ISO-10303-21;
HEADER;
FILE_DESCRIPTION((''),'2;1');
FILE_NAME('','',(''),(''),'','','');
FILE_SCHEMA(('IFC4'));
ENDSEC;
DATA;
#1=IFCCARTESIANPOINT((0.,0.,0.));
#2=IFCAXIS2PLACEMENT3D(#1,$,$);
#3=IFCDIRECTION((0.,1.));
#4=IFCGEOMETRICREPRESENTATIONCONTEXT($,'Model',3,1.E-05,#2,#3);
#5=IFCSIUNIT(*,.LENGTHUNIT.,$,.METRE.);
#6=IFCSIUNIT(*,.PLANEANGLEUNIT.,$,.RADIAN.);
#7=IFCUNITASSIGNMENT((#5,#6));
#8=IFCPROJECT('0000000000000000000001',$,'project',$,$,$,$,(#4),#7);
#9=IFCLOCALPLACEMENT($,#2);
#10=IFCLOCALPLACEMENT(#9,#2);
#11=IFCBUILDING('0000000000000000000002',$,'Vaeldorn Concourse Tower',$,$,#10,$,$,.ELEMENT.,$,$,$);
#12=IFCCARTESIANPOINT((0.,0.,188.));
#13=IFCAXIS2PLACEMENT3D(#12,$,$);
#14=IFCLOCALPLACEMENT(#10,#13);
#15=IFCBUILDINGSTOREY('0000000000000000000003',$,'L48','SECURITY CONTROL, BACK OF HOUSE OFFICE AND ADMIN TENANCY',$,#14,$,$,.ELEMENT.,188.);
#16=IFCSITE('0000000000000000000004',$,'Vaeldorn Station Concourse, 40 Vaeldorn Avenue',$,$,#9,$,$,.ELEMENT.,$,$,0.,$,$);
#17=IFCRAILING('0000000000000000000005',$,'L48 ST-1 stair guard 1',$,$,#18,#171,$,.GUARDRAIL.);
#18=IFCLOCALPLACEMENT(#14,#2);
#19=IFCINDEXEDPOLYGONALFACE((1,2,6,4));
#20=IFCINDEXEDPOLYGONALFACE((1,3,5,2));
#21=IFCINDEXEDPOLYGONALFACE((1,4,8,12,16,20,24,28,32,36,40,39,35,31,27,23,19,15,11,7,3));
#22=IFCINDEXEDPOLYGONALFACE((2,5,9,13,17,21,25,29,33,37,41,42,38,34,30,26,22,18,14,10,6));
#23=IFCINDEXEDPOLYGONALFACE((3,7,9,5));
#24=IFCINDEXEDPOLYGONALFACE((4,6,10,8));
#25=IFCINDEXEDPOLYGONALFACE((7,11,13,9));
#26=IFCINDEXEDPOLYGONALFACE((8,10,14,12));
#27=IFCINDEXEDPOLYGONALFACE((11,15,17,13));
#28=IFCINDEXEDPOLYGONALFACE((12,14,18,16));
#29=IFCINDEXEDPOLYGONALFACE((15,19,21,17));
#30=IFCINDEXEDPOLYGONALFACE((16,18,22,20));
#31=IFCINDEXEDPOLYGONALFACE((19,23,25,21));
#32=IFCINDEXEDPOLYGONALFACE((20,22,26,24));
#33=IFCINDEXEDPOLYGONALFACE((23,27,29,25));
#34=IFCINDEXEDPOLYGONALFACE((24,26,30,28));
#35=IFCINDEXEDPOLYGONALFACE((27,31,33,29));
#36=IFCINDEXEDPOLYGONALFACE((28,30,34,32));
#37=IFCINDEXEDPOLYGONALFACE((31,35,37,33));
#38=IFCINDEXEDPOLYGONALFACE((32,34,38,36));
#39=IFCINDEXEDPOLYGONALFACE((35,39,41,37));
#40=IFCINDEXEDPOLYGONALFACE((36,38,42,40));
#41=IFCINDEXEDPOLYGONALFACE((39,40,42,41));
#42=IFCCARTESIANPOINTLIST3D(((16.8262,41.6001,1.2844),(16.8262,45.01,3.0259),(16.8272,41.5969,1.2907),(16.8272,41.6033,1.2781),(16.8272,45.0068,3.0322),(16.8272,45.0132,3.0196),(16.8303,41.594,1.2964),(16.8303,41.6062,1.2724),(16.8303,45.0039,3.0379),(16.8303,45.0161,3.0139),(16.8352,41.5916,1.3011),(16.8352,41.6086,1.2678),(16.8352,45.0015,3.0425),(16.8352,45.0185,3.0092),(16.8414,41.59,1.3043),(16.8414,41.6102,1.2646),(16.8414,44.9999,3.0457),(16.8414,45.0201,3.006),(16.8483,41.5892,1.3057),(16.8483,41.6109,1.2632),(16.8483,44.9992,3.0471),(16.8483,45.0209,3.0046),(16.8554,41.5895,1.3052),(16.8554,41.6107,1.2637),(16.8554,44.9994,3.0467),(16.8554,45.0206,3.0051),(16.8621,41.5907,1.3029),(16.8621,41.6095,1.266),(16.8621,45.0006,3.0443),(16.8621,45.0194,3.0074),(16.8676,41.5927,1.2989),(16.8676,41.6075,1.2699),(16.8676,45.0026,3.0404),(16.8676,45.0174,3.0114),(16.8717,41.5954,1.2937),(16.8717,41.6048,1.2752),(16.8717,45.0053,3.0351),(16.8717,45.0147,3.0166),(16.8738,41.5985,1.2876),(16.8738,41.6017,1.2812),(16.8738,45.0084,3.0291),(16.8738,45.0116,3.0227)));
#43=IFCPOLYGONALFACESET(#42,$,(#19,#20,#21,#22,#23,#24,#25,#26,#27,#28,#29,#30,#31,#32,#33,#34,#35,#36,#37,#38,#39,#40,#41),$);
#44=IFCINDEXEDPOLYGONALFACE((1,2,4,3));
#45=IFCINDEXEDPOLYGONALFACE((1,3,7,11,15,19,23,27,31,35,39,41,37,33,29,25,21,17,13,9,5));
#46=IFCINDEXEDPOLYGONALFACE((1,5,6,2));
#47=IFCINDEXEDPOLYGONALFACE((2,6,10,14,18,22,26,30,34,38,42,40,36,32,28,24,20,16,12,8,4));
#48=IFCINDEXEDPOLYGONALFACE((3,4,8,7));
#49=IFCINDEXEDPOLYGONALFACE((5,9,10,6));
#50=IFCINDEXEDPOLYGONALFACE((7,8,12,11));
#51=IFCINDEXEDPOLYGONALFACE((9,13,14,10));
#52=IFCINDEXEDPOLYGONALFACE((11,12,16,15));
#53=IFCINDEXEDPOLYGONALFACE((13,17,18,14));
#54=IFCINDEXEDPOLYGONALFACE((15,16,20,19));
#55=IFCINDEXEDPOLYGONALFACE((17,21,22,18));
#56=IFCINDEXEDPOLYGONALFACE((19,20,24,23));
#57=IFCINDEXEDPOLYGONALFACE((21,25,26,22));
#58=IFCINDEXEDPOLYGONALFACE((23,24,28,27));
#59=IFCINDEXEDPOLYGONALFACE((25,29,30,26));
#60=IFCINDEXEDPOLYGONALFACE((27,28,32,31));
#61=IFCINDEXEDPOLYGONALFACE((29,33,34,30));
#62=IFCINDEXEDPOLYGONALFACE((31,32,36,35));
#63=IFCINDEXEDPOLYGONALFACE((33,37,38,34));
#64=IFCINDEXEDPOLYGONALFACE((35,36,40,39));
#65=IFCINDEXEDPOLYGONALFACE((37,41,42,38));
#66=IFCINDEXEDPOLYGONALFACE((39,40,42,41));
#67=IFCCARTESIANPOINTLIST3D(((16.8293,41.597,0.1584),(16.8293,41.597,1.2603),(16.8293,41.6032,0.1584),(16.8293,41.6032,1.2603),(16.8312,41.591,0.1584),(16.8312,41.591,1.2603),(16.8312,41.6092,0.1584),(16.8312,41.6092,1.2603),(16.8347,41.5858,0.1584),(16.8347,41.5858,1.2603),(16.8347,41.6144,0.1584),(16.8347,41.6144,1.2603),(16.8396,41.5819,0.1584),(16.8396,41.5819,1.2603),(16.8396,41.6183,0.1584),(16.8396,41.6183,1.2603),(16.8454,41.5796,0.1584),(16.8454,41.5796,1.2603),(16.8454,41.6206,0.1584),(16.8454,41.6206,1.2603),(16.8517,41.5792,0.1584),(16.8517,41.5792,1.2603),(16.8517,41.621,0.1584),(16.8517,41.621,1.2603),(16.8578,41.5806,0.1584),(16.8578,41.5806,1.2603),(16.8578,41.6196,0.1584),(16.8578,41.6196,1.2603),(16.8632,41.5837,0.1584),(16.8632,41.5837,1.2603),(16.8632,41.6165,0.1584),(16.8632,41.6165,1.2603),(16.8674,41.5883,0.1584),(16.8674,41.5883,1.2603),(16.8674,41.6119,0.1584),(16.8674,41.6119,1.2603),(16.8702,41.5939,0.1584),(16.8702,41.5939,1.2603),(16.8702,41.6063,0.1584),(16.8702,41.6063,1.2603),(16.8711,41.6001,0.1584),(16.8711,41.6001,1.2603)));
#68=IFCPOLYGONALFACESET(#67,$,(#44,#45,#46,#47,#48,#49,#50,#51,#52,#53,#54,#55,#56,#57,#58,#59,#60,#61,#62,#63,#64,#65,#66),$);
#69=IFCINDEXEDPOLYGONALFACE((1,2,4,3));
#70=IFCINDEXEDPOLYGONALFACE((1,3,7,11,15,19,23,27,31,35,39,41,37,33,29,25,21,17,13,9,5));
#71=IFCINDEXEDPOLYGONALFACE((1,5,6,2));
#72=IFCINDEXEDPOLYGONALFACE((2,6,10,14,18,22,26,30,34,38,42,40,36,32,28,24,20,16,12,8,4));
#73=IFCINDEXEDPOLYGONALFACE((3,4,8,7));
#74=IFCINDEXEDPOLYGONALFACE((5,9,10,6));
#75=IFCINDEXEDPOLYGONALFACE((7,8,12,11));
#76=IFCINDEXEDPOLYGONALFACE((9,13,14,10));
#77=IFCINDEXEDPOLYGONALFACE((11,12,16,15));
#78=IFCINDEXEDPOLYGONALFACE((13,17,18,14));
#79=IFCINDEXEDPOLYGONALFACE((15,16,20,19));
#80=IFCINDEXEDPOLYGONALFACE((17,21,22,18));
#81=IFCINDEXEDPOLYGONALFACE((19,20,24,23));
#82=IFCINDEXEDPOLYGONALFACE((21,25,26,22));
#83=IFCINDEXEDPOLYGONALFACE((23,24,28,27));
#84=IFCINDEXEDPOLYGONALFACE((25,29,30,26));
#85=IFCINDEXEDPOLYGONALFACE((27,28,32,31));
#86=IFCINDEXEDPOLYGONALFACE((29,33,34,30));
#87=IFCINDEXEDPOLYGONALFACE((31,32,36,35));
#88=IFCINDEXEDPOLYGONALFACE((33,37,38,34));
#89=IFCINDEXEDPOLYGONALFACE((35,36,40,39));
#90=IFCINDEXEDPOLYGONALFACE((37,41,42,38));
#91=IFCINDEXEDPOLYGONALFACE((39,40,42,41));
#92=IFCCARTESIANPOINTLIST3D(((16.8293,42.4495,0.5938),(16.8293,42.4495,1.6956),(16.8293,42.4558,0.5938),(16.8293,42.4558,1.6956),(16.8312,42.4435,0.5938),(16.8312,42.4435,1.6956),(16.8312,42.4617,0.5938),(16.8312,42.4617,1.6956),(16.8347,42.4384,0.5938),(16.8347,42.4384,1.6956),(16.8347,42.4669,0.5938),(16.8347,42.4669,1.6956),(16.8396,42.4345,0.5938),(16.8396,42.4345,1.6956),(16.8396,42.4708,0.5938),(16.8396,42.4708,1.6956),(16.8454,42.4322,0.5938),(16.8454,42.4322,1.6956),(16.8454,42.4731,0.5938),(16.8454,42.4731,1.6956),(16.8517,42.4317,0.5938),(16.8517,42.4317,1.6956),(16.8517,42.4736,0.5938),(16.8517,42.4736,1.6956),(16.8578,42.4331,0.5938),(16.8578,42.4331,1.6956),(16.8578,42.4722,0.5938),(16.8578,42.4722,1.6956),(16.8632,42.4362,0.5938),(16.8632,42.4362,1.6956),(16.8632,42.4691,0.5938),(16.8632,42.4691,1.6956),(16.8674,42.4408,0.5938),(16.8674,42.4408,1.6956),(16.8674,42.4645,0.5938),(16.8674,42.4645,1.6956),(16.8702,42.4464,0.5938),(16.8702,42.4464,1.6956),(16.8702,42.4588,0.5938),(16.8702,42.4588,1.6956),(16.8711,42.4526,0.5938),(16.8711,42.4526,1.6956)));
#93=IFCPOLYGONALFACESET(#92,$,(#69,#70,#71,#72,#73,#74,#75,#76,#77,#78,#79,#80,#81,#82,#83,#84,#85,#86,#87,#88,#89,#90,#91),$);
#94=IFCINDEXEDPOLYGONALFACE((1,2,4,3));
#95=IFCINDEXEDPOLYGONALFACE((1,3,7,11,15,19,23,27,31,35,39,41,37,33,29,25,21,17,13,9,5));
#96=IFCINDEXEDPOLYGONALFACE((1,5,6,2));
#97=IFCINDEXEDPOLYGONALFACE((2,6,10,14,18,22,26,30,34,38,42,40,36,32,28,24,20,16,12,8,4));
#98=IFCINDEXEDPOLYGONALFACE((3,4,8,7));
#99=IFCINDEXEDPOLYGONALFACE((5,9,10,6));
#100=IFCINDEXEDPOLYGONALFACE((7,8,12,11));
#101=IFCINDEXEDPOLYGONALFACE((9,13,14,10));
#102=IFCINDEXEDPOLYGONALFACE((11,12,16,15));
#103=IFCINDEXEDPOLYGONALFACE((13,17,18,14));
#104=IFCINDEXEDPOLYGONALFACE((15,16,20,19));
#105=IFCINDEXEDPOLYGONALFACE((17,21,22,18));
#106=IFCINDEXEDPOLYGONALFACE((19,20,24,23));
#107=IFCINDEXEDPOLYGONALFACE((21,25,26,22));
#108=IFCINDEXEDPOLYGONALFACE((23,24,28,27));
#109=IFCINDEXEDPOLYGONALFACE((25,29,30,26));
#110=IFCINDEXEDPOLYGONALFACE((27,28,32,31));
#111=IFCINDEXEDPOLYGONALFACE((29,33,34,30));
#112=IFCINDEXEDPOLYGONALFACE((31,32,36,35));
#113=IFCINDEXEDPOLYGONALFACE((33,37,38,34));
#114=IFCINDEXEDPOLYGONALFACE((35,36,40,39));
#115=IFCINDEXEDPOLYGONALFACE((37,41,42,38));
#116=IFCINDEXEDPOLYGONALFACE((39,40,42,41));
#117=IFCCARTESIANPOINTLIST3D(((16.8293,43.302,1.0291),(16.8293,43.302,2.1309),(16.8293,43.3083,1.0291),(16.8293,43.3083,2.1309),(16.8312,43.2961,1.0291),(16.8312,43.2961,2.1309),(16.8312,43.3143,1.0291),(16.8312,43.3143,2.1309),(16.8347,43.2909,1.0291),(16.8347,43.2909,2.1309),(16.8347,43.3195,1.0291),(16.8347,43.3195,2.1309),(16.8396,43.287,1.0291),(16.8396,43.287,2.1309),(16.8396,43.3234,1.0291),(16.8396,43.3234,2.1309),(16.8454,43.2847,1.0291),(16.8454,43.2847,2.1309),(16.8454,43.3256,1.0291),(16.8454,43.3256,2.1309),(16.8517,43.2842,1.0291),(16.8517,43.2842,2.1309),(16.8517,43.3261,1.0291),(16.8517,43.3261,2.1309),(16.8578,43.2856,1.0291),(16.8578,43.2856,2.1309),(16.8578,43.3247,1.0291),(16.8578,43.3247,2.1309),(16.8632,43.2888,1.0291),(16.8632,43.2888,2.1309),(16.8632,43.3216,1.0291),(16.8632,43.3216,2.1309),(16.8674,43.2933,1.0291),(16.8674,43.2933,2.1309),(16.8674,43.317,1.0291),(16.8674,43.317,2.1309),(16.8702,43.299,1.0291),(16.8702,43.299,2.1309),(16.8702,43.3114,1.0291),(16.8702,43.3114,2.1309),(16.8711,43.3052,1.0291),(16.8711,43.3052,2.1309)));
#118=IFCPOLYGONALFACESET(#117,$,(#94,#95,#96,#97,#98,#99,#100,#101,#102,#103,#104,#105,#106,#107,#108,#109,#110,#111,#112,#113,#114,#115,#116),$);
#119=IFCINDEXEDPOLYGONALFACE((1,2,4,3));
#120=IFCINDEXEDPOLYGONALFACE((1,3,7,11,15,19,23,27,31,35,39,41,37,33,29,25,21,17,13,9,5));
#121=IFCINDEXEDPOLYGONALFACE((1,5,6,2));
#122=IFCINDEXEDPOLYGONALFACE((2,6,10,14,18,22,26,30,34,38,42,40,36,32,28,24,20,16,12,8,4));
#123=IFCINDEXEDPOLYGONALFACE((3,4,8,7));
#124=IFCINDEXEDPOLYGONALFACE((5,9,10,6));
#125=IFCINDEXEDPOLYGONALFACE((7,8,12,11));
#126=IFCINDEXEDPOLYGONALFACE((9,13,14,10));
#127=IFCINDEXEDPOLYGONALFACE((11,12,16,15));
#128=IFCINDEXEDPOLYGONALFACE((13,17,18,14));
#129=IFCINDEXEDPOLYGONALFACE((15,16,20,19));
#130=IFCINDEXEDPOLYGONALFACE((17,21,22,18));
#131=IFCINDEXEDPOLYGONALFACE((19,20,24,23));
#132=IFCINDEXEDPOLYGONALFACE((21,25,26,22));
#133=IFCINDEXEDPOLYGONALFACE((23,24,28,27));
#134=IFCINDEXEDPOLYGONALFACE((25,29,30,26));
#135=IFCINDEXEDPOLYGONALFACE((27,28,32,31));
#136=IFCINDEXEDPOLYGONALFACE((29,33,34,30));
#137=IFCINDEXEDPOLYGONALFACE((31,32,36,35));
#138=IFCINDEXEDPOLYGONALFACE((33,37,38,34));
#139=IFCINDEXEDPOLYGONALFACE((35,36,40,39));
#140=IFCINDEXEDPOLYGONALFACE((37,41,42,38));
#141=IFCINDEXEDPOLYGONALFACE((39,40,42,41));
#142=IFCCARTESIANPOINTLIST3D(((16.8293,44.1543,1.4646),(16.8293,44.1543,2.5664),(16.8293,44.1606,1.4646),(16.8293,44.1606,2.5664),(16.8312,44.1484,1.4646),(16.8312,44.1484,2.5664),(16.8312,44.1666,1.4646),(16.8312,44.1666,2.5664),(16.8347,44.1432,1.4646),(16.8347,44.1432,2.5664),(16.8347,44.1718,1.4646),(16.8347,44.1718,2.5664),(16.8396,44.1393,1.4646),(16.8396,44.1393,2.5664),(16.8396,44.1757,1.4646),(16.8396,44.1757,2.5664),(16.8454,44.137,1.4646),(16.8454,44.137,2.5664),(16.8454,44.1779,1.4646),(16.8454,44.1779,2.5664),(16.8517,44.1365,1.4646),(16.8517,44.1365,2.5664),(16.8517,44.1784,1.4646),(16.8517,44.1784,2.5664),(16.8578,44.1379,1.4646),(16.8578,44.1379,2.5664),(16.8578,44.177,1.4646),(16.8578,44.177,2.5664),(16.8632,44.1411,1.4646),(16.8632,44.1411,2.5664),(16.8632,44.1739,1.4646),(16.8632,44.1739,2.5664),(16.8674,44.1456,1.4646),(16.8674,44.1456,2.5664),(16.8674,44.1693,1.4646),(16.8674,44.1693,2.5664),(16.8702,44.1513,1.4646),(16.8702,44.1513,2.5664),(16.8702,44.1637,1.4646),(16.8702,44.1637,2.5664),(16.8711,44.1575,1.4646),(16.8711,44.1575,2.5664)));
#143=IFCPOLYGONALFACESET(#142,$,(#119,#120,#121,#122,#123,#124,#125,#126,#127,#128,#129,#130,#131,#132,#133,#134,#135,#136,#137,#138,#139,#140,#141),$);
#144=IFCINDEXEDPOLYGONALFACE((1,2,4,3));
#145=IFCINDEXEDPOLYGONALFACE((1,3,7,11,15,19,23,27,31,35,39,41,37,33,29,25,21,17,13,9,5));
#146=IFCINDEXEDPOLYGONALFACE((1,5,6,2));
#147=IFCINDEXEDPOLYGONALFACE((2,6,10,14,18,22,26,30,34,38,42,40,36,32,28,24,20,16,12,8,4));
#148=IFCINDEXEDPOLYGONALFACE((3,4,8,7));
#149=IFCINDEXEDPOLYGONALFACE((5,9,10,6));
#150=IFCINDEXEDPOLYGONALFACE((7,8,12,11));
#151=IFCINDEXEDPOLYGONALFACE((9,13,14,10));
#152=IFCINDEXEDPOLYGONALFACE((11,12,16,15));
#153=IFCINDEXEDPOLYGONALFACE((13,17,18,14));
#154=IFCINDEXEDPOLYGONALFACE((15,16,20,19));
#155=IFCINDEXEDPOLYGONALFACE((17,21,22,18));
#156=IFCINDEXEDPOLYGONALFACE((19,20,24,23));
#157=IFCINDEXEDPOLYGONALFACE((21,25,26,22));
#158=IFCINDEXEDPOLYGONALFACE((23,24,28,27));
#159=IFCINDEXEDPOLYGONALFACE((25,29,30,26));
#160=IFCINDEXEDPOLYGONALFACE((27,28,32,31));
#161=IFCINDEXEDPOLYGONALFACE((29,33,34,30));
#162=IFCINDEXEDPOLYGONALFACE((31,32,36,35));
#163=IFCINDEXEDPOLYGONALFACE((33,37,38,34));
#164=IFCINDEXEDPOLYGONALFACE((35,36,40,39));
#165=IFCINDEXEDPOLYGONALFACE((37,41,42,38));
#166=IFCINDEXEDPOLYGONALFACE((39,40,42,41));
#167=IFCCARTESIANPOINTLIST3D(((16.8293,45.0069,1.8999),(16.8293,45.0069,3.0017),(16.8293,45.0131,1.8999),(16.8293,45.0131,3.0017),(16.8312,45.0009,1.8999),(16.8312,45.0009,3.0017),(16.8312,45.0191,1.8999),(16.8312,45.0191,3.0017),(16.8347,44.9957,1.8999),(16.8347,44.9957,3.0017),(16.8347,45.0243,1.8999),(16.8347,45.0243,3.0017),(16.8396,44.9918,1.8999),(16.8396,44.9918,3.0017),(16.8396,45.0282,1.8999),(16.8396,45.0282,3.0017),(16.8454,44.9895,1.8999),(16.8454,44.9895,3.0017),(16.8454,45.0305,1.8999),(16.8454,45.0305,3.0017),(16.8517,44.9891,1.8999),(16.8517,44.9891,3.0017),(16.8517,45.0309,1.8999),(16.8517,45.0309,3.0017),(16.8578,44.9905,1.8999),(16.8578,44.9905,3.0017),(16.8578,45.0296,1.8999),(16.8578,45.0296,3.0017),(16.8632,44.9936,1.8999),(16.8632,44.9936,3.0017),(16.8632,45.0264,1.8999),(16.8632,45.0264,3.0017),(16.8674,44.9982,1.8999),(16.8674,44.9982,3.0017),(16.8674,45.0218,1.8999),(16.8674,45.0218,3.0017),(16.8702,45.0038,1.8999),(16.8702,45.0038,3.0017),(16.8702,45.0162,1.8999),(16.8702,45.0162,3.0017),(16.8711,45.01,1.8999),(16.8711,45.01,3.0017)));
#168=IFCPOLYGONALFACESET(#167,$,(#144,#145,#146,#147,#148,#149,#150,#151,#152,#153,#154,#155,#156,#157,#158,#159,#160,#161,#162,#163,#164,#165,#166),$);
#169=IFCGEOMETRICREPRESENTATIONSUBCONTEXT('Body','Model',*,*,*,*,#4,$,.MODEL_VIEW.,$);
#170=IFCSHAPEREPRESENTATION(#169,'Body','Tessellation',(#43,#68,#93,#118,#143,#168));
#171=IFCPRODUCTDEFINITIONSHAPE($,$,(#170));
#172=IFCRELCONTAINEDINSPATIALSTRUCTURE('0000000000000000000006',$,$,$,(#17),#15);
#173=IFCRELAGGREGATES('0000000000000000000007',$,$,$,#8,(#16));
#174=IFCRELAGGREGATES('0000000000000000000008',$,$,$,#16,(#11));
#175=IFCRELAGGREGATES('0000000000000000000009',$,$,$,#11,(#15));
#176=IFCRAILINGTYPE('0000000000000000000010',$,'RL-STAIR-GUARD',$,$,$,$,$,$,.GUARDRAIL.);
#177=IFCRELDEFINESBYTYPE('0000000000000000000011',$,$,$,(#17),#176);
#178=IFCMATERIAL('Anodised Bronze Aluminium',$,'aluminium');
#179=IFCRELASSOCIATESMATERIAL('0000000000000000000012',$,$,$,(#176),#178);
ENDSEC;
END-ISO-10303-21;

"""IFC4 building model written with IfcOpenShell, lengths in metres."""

from ifc_helpers import new_model, si_unit, direction, frame, origin, origin_2d, place, context, subcontext, project, spatial, circle, extrude, material, type_object, element, save


model = new_model("IFC4")

# Units and contexts
model_context = context("Model", 3, precision=1e-05, world=origin(), true_north=direction((0.0, 1.0)))
body_context = subcontext(model_context, "Body", "Model", "MODEL_VIEW")
ifc_project = project(units=[si_unit("LENGTHUNIT", "METRE"), si_unit("PLANEANGLEUNIT", "RADIAN")], contexts=[model_context])

# Site, building, storey
site_placement = place(None, origin())
site = spatial("IfcSite", under=ifc_project, at=site_placement, Name="Vaeldorn Station Concourse, 40 Vaeldorn Avenue", CompositionType="ELEMENT", RefElevation=0.0)
building_placement = place(site_placement, origin())
building = spatial("IfcBuilding", under=site, at=building_placement, Name="Vaeldorn Concourse Tower", CompositionType="ELEMENT")
storey_placement = place(building_placement, frame((0.0, 0.0, 188.0)))
storey = spatial("IfcBuildingStorey", under=building, at=storey_placement, Name="L48", Description="SECURITY CONTROL, BACK OF HOUSE OFFICE AND ADMIN TENANCY", CompositionType="ELEMENT", Elevation=188.0)

# Shared definitions
ifc_material_1 = material(Name="Anodised Bronze Aluminium", Category="aluminium")

# Railing
railing_type_1 = type_object("IfcRailingType", Name="RL-STAIR-GUARD", PredefinedType="GUARDRAIL", material=ifc_material_1)
railing_1_placement = place(storey_placement, frame((16.8501, 41.6001, 0.1584)))
element("IfcRailing", 1, at=railing_1_placement, inside=storey, type_object=railing_type_1, Name="L48 ST-1 stair guard 1", PredefinedType="GUARDRAIL", context=body_context, shape_type="SweptSolid", body=[
    extrude(circle(Radius=0.0239, at=origin_2d()), frame((0.0, 0.0, 1.126), z_axis=(0.0, 0.890582, 0.454823), x_axis=(-1.0, 0.0, 0.0)), (0.0, 0.0, 1.0), 3.8289),
    extrude(circle(Radius=0.021, at=origin_2d()), origin(), (0.0, 0.0, 1.0), 1.1018),
    extrude(circle(Radius=0.021, at=origin_2d()), frame((0.0, 0.8525, 0.4353)), (0.0, 0.0, 1.0), 1.1018),
    extrude(circle(Radius=0.021, at=origin_2d()), frame((0.0, 1.7051, 0.8706)), (0.0, 0.0, 1.0), 1.1018),
    extrude(circle(Radius=0.021, at=origin_2d()), frame((0.0, 2.5574, 1.3062)), (0.0, 0.0, 1.0), 1.1018),
    extrude(circle(Radius=0.021, at=origin_2d()), frame((0.0, 3.4099, 1.7415)), (0.0, 0.0, 1.0), 1.1018),
])

save(model, "model.ifc")
